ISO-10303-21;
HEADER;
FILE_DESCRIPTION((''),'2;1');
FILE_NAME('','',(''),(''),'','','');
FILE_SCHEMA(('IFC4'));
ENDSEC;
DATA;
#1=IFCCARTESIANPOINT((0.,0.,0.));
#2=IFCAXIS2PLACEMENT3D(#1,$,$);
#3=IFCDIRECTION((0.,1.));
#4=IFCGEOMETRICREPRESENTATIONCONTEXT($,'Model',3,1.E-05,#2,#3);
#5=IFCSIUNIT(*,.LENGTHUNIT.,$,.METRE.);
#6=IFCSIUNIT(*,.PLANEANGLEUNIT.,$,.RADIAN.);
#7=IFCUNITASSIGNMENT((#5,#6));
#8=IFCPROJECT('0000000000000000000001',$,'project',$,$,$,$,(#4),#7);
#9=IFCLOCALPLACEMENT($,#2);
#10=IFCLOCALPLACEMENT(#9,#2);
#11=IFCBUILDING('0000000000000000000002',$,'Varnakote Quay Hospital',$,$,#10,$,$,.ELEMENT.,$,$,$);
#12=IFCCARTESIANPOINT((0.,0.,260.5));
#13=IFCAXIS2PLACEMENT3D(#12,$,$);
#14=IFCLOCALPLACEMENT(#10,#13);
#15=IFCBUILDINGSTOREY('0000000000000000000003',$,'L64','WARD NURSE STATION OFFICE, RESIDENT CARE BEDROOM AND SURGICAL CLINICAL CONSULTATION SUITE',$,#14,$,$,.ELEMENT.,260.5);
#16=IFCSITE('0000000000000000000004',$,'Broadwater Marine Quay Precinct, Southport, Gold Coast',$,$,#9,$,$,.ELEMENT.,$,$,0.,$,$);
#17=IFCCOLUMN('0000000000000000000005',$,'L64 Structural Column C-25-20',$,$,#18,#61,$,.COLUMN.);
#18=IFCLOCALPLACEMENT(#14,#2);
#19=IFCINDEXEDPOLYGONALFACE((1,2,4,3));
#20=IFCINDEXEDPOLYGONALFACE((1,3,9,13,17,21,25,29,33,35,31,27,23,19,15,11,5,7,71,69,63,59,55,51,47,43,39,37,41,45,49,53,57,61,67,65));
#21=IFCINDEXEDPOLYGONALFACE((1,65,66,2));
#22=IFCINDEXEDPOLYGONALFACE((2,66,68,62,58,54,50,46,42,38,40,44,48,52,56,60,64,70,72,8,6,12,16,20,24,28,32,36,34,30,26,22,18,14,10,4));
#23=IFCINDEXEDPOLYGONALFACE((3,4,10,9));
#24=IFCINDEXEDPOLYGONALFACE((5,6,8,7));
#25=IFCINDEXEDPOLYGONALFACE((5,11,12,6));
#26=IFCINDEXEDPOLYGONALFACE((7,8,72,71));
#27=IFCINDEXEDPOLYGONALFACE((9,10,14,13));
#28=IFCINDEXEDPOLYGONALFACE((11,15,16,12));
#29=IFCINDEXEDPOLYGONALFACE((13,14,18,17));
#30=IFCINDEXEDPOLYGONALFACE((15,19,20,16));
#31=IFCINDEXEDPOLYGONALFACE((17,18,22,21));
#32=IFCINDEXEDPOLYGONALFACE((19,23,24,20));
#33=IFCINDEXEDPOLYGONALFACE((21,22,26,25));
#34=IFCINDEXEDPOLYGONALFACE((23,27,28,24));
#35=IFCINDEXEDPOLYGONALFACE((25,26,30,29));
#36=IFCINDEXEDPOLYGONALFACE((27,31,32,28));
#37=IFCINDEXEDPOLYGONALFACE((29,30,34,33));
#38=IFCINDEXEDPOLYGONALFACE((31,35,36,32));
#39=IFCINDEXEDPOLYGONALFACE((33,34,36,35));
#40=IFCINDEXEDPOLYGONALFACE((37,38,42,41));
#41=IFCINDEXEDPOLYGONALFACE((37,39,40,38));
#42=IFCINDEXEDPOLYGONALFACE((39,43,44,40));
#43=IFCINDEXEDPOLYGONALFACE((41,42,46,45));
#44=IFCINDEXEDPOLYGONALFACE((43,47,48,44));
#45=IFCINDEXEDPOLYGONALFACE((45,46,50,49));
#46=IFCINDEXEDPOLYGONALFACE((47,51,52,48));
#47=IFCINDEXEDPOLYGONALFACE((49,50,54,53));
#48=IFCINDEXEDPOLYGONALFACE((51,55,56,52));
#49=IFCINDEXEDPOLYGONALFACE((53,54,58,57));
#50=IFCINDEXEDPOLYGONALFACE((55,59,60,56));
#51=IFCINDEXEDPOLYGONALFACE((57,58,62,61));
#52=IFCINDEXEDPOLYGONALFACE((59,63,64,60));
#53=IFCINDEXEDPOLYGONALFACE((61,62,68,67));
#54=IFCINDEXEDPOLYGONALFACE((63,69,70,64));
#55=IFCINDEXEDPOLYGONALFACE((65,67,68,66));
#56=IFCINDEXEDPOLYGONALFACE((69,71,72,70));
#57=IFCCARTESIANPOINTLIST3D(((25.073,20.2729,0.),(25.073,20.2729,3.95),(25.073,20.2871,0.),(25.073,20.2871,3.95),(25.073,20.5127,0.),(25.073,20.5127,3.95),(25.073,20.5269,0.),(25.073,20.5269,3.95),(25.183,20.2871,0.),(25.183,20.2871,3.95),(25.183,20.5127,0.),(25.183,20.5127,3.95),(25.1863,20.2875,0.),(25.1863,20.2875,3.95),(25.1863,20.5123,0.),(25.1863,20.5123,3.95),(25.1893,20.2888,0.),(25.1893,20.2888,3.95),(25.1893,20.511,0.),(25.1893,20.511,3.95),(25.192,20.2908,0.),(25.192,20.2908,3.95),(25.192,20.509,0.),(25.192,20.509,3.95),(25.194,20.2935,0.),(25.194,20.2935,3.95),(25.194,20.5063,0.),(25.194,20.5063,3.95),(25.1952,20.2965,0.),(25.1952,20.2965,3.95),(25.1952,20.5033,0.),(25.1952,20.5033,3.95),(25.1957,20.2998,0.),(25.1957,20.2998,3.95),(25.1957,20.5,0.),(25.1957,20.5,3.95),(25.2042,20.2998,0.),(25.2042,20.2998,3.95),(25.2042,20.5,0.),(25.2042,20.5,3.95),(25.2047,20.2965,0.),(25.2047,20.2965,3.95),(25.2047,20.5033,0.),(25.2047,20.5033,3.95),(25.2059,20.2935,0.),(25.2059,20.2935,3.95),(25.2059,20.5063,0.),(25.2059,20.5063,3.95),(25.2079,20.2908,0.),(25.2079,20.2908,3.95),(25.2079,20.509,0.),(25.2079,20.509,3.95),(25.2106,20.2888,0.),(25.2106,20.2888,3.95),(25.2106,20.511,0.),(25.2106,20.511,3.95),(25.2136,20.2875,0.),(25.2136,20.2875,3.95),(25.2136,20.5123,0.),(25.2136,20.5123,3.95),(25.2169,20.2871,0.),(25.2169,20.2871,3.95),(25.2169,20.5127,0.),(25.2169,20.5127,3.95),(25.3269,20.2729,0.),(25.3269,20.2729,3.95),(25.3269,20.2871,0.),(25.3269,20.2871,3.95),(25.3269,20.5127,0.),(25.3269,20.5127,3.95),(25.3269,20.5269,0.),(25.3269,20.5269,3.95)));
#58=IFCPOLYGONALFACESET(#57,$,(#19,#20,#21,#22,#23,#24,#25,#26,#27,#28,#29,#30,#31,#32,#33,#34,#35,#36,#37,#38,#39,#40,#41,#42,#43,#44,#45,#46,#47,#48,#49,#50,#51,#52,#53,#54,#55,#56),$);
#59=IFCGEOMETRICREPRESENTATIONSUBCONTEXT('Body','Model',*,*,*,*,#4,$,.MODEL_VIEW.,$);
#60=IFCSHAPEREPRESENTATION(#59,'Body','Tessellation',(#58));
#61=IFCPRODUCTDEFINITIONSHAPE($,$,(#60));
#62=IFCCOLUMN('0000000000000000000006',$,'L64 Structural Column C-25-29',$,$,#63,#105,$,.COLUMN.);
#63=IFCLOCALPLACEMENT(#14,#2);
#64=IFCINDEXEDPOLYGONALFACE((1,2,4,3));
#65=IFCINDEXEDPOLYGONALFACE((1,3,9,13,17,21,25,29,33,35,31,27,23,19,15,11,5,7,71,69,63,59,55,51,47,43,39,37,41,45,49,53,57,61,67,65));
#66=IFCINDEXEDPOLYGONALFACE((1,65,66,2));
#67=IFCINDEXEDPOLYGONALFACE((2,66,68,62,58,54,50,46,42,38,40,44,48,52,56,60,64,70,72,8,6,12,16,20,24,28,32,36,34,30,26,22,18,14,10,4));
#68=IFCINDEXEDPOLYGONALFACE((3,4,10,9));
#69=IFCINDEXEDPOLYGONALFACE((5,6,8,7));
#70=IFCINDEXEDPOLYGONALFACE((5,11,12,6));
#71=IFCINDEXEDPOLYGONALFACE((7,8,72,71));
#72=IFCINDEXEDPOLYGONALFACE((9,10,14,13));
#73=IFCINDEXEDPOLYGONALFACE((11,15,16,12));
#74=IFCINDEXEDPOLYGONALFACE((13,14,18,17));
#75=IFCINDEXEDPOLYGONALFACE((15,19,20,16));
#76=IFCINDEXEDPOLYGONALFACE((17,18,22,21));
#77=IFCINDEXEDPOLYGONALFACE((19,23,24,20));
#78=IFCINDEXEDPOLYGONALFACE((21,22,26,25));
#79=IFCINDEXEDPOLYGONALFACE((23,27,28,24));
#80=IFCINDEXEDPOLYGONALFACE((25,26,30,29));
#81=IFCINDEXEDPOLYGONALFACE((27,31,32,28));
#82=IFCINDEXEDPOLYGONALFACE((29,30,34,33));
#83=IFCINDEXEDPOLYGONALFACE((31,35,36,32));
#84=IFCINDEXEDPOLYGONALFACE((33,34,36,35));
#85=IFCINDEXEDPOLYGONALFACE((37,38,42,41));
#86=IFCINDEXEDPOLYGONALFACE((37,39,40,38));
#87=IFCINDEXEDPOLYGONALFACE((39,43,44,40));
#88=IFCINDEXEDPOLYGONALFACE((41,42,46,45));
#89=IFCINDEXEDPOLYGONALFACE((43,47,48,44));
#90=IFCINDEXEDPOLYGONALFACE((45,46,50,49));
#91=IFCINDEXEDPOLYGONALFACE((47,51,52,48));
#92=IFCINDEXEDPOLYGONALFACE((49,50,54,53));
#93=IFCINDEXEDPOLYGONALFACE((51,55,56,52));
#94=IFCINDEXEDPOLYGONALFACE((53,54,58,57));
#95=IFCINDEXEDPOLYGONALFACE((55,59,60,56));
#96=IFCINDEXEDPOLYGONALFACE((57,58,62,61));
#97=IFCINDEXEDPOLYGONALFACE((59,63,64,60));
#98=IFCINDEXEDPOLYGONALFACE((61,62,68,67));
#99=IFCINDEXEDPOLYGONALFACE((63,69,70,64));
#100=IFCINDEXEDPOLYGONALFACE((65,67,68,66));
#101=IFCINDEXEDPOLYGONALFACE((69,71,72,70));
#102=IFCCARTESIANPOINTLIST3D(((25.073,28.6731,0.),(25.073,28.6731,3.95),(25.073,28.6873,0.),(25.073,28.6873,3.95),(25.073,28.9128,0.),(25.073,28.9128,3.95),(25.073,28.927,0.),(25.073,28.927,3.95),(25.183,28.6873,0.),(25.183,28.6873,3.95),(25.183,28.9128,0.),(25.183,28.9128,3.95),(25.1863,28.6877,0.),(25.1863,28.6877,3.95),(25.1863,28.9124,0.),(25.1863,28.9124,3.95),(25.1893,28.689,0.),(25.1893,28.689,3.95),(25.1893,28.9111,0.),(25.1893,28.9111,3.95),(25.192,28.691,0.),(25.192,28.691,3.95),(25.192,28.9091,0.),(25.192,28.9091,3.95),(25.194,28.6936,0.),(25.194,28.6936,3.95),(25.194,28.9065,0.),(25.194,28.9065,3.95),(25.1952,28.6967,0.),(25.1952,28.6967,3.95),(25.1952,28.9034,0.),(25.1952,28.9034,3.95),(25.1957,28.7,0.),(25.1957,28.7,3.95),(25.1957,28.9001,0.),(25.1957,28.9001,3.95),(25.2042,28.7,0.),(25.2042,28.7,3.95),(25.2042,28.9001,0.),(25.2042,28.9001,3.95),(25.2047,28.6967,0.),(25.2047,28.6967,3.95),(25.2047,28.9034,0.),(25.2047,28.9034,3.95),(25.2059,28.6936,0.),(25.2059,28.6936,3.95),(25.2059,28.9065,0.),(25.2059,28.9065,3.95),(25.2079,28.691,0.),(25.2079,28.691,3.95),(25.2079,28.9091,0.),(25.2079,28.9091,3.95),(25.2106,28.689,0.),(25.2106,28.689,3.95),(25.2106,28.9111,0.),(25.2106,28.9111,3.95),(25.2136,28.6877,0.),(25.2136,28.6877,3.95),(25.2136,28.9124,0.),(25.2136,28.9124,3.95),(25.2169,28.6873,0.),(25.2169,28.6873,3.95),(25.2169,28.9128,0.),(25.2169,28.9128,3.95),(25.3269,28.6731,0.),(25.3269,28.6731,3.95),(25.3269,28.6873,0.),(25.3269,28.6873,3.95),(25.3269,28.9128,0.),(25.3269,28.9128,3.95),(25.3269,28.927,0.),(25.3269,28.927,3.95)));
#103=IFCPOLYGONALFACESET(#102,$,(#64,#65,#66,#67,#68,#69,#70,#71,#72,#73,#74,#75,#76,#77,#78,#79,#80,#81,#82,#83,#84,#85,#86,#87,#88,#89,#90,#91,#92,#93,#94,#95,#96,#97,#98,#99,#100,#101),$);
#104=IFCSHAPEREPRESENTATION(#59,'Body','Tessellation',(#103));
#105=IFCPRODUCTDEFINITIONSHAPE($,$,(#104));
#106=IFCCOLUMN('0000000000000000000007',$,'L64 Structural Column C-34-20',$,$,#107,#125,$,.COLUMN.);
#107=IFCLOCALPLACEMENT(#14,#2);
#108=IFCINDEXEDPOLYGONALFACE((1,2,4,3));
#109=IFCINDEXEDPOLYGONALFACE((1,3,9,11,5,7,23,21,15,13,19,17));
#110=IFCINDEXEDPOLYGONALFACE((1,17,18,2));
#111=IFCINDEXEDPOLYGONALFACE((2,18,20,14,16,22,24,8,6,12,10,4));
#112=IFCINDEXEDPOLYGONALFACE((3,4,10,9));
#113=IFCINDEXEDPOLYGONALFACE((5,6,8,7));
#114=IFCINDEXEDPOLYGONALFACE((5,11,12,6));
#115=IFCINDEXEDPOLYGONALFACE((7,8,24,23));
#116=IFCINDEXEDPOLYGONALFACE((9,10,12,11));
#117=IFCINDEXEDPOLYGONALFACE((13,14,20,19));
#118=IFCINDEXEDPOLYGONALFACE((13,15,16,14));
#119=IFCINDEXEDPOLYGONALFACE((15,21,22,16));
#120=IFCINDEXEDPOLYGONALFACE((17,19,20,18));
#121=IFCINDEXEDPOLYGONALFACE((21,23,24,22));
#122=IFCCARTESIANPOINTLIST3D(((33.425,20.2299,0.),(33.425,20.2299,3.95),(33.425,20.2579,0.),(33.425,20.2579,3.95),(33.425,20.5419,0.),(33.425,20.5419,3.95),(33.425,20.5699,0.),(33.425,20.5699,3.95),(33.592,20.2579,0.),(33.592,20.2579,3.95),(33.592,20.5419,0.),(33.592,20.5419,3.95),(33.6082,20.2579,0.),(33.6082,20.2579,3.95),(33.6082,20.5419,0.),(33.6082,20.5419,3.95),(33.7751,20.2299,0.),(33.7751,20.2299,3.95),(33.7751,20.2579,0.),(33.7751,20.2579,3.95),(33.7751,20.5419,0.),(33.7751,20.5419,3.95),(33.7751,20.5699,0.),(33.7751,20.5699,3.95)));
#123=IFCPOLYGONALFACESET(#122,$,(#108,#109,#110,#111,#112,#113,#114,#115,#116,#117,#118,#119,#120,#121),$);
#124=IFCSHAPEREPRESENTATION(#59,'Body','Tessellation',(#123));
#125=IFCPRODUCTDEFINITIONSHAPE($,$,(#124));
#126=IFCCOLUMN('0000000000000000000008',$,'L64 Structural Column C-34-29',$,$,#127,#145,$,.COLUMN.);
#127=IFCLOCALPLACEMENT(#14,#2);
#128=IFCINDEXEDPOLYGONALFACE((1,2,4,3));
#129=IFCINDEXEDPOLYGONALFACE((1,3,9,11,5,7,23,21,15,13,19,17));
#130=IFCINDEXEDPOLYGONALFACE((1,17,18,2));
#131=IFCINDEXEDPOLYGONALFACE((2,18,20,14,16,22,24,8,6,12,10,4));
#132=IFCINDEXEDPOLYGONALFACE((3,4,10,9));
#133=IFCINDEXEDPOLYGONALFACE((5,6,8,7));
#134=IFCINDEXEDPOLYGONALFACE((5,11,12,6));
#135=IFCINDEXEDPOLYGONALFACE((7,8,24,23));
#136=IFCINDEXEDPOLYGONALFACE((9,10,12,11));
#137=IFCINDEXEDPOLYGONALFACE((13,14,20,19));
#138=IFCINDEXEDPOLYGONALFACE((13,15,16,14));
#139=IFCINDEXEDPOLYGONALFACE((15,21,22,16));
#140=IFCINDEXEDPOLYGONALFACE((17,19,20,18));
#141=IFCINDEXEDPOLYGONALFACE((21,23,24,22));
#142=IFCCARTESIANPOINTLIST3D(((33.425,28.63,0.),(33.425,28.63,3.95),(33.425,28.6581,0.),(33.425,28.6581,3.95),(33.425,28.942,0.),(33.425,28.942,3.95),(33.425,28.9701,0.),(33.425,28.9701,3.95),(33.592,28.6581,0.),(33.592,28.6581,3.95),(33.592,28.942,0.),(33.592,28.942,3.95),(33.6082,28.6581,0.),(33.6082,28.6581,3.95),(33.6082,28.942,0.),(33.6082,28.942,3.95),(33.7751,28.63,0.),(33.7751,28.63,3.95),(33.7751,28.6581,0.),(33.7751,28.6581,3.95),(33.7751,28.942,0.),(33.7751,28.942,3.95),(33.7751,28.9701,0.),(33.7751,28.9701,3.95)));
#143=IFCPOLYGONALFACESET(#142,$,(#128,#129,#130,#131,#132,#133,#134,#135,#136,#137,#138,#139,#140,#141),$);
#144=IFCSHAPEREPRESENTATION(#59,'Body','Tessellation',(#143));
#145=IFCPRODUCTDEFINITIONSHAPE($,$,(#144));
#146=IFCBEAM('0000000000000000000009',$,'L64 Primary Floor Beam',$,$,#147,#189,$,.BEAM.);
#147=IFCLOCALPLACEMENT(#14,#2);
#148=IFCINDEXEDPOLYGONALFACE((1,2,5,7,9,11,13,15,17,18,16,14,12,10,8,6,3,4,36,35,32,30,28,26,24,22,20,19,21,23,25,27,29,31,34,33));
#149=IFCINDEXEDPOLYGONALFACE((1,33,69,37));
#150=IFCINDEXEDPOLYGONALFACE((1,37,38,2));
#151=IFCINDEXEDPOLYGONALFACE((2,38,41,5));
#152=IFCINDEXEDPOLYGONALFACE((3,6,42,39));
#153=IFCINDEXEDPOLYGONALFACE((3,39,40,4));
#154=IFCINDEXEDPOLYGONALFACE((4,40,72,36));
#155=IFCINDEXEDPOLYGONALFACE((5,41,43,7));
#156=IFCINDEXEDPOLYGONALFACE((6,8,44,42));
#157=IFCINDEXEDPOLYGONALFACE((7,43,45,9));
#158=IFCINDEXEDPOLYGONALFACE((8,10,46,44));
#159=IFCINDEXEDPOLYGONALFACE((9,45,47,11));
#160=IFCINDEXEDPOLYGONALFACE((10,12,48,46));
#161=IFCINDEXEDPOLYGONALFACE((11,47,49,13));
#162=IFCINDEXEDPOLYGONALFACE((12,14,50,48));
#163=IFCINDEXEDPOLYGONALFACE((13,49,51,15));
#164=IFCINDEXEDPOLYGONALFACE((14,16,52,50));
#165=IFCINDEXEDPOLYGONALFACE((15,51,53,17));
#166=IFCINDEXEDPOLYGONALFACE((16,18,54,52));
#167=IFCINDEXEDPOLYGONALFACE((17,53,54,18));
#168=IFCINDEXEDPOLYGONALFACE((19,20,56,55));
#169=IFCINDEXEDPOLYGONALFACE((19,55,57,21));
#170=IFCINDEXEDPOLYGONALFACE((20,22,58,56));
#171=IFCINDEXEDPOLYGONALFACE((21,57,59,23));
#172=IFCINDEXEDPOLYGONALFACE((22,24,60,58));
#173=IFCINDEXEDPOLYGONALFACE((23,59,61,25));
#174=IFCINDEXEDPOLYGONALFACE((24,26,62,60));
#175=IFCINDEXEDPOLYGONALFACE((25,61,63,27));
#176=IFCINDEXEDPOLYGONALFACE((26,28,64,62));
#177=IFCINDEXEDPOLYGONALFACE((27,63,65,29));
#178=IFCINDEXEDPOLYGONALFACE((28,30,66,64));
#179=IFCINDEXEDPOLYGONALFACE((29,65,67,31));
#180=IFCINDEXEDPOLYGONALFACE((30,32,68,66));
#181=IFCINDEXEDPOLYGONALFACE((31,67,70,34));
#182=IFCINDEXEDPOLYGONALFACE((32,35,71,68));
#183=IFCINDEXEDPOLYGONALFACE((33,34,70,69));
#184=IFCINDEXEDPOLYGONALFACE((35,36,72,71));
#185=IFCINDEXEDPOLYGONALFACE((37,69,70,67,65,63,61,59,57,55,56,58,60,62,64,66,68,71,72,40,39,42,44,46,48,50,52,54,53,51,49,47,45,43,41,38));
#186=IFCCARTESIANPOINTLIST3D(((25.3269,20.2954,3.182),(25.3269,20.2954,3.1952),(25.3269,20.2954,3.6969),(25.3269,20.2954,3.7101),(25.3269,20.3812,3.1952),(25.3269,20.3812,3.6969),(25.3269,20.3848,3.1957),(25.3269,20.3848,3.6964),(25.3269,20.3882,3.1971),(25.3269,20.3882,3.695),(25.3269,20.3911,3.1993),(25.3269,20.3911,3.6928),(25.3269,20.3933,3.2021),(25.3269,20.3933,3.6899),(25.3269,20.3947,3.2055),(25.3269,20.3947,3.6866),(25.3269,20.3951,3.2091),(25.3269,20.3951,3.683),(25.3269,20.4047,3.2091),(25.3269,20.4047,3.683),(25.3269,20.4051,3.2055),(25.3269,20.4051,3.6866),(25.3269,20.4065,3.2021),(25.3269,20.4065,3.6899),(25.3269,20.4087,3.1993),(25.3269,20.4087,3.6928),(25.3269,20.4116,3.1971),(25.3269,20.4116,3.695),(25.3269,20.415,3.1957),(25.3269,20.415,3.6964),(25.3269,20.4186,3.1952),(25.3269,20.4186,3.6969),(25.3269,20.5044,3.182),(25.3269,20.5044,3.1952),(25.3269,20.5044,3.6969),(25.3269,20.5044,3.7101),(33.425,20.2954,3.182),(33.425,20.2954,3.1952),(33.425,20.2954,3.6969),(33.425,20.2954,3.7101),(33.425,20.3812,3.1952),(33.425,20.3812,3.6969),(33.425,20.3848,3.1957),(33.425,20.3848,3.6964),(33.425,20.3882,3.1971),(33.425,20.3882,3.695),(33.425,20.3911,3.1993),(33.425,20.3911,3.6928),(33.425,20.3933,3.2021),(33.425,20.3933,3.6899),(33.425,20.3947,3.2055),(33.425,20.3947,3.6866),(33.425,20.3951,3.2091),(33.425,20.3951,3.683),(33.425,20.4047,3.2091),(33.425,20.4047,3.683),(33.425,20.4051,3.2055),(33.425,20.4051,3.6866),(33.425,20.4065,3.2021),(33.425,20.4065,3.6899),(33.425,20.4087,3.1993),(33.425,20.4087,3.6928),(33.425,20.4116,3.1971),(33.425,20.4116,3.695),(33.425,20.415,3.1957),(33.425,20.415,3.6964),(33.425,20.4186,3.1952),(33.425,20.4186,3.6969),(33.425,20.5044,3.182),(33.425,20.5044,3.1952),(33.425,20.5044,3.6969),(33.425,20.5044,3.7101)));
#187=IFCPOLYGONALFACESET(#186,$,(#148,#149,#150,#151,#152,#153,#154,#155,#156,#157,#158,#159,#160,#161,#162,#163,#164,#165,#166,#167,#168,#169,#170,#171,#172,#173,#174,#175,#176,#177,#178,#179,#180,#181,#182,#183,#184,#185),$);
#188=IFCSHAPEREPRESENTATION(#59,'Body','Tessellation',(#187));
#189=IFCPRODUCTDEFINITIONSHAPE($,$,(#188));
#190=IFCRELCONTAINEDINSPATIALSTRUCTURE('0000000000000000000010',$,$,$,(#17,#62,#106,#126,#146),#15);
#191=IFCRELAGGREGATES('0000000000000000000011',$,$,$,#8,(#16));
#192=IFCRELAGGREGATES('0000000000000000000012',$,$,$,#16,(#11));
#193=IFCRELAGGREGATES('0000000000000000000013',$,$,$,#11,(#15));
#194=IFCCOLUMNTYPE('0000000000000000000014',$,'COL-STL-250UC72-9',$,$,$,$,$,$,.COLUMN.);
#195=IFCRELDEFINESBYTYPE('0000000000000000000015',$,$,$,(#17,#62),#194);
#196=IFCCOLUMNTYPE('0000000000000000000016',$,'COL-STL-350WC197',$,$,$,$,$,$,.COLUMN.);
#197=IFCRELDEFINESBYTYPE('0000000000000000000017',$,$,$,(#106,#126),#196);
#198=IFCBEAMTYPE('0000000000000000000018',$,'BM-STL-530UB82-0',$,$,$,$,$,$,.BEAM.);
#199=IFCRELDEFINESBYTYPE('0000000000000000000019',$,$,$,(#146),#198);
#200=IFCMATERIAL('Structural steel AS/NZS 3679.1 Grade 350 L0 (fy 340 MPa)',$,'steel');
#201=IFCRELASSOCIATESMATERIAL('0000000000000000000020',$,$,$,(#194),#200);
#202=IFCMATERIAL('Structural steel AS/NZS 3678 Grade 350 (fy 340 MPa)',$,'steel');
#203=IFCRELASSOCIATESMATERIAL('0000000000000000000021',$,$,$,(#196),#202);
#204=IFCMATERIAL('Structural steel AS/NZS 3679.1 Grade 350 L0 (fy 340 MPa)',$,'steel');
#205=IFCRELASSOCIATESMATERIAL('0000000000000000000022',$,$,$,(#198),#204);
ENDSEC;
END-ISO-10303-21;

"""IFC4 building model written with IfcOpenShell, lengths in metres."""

from ifc_helpers import new_model, si_unit, direction, frame, origin, origin_2d, place, context, subcontext, project, spatial, i_section, extrude, material, material_profile, profile_set, type_object, element, save


model = new_model("IFC4")

# Units and contexts
model_context = context("Model", 3, precision=1e-05, world=origin(), true_north=direction((0.0, 1.0)))
body_context = subcontext(model_context, "Body", "Model", "MODEL_VIEW")
ifc_project = project(units=[si_unit("LENGTHUNIT", "METRE"), si_unit("PLANEANGLEUNIT", "RADIAN")], contexts=[model_context])

# Site, building, storey
site_placement = place(None, origin())
site = spatial("IfcSite", under=ifc_project, at=site_placement, Name="Broadwater Marine Quay Precinct, Southport, Gold Coast", CompositionType="ELEMENT", RefElevation=0.0)
building_placement = place(site_placement, origin())
building = spatial("IfcBuilding", under=site, at=building_placement, Name="Varnakote Quay Hospital", CompositionType="ELEMENT")
storey_placement = place(building_placement, frame((0.0, 0.0, 260.5)))
storey = spatial("IfcBuildingStorey", under=building, at=storey_placement, Name="L64", Description="WARD NURSE STATION OFFICE, RESIDENT CARE BEDROOM AND SURGICAL CLINICAL CONSULTATION SUITE", CompositionType="ELEMENT", Elevation=260.5)

# Columns
ifc_material_1 = material(Name="Structural steel AS/NZS 3679.1 Grade 350 L0 (fy 340 MPa)", Category="steel")
ifc_material_profile_1 = material_profile(ifc_material_1, i_section(OverallWidth=0.2539, OverallDepth=0.2539, WebThickness=0.0085, FlangeThickness=0.0142, FilletRadius=0.0127, at=origin_2d()), Name="250UC72.9")
ifc_profile_set_1 = profile_set([ifc_material_profile_1], Name="Structural steel AS/NZS 3679.1 Grade 350 L0 (fy 340 MPa)")
column_type_1 = type_object("IfcColumnType", Name="COL-STL-250UC72-9", PredefinedType="COLUMN", material=ifc_profile_set_1)
for number, where, z_axis, x_axis, name in (
    (1, (25.2, 20.3999, 0.0), (0.0, 0.0, 1.0), (1.0, 0.0, 0.0), "L64 Structural Column C-25-20"),
    (2, (25.2, 28.8, 0.0), (0.0, 0.0, 1.0), (1.0, 0.0, 0.0), "L64 Structural Column C-25-29"),
):
    element("IfcColumn", number, at=place(storey_placement, frame(where, z_axis=z_axis, x_axis=x_axis)), inside=storey, type_object=column_type_1, Name=name, PredefinedType="COLUMN", context=body_context, shape_type="SweptSolid", body=[
        extrude(i_section(OverallWidth=0.2539, OverallDepth=0.2539, WebThickness=0.0085, FlangeThickness=0.0142, FilletRadius=0.0127, at=origin_2d()), origin(), (0.0, 0.0, 1.0), 3.95),
    ])
ifc_material_2 = material(Name="Structural steel AS/NZS 3678 Grade 350 (fy 340 MPa)", Category="steel")
ifc_material_profile_2 = material_profile(ifc_material_2, i_section(OverallWidth=0.3501, OverallDepth=0.3401, WebThickness=0.0161, FlangeThickness=0.0281, at=origin_2d()), Name="350WC197")
ifc_profile_set_2 = profile_set([ifc_material_profile_2], Name="Structural steel AS/NZS 3678 Grade 350 (fy 340 MPa)")
column_type_2 = type_object("IfcColumnType", Name="COL-STL-350WC197", PredefinedType="COLUMN", material=ifc_profile_set_2)
for number, where, z_axis, x_axis, name in (
    (3, (33.6001, 20.3999, 0.0), (0.0, 0.0, 1.0), (1.0, 0.0, 0.0), "L64 Structural Column C-34-20"),
    (4, (33.6001, 28.8, 0.0), (0.0, 0.0, 1.0), (1.0, 0.0, 0.0), "L64 Structural Column C-34-29"),
):
    element("IfcColumn", number, at=place(storey_placement, frame(where, z_axis=z_axis, x_axis=x_axis)), inside=storey, type_object=column_type_2, Name=name, PredefinedType="COLUMN", context=body_context, shape_type="SweptSolid", body=[
        extrude(i_section(OverallWidth=0.3501, OverallDepth=0.3401, WebThickness=0.0161, FlangeThickness=0.0281, at=origin_2d()), origin(), (0.0, 0.0, 1.0), 3.95),
    ])

# Beam
ifc_material_3 = material(Name="Structural steel AS/NZS 3679.1 Grade 350 L0 (fy 340 MPa)", Category="steel")
ifc_material_profile_3 = material_profile(ifc_material_3, i_section(OverallWidth=0.209, OverallDepth=0.5281, WebThickness=0.0095, FlangeThickness=0.0132, FilletRadius=0.0139, at=origin_2d()), Name="530UB82.0")
ifc_profile_set_3 = profile_set([ifc_material_profile_3], Name="Structural steel AS/NZS 3679.1 Grade 350 L0 (fy 340 MPa)")
beam_type_1 = type_object("IfcBeamType", Name="BM-STL-530UB82-0", PredefinedType="BEAM", material=ifc_profile_set_3)
beam_1_placement = place(storey_placement, frame((25.3269, 20.3999, 3.446), z_axis=(1.0, 0.0, 0.0), x_axis=(0.0, 1.0, 0.0)))
element("IfcBeam", 5, at=beam_1_placement, inside=storey, type_object=beam_type_1, Name="L64 Primary Floor Beam", PredefinedType="BEAM", context=body_context, shape_type="SweptSolid", body=[
    extrude(i_section(OverallWidth=0.209, OverallDepth=0.5281, WebThickness=0.0095, FlangeThickness=0.0132, FilletRadius=0.0139, at=origin_2d()), origin(), (0.0, 0.0, 1.0), 8.0981),
])

save(model, "model.ifc")
